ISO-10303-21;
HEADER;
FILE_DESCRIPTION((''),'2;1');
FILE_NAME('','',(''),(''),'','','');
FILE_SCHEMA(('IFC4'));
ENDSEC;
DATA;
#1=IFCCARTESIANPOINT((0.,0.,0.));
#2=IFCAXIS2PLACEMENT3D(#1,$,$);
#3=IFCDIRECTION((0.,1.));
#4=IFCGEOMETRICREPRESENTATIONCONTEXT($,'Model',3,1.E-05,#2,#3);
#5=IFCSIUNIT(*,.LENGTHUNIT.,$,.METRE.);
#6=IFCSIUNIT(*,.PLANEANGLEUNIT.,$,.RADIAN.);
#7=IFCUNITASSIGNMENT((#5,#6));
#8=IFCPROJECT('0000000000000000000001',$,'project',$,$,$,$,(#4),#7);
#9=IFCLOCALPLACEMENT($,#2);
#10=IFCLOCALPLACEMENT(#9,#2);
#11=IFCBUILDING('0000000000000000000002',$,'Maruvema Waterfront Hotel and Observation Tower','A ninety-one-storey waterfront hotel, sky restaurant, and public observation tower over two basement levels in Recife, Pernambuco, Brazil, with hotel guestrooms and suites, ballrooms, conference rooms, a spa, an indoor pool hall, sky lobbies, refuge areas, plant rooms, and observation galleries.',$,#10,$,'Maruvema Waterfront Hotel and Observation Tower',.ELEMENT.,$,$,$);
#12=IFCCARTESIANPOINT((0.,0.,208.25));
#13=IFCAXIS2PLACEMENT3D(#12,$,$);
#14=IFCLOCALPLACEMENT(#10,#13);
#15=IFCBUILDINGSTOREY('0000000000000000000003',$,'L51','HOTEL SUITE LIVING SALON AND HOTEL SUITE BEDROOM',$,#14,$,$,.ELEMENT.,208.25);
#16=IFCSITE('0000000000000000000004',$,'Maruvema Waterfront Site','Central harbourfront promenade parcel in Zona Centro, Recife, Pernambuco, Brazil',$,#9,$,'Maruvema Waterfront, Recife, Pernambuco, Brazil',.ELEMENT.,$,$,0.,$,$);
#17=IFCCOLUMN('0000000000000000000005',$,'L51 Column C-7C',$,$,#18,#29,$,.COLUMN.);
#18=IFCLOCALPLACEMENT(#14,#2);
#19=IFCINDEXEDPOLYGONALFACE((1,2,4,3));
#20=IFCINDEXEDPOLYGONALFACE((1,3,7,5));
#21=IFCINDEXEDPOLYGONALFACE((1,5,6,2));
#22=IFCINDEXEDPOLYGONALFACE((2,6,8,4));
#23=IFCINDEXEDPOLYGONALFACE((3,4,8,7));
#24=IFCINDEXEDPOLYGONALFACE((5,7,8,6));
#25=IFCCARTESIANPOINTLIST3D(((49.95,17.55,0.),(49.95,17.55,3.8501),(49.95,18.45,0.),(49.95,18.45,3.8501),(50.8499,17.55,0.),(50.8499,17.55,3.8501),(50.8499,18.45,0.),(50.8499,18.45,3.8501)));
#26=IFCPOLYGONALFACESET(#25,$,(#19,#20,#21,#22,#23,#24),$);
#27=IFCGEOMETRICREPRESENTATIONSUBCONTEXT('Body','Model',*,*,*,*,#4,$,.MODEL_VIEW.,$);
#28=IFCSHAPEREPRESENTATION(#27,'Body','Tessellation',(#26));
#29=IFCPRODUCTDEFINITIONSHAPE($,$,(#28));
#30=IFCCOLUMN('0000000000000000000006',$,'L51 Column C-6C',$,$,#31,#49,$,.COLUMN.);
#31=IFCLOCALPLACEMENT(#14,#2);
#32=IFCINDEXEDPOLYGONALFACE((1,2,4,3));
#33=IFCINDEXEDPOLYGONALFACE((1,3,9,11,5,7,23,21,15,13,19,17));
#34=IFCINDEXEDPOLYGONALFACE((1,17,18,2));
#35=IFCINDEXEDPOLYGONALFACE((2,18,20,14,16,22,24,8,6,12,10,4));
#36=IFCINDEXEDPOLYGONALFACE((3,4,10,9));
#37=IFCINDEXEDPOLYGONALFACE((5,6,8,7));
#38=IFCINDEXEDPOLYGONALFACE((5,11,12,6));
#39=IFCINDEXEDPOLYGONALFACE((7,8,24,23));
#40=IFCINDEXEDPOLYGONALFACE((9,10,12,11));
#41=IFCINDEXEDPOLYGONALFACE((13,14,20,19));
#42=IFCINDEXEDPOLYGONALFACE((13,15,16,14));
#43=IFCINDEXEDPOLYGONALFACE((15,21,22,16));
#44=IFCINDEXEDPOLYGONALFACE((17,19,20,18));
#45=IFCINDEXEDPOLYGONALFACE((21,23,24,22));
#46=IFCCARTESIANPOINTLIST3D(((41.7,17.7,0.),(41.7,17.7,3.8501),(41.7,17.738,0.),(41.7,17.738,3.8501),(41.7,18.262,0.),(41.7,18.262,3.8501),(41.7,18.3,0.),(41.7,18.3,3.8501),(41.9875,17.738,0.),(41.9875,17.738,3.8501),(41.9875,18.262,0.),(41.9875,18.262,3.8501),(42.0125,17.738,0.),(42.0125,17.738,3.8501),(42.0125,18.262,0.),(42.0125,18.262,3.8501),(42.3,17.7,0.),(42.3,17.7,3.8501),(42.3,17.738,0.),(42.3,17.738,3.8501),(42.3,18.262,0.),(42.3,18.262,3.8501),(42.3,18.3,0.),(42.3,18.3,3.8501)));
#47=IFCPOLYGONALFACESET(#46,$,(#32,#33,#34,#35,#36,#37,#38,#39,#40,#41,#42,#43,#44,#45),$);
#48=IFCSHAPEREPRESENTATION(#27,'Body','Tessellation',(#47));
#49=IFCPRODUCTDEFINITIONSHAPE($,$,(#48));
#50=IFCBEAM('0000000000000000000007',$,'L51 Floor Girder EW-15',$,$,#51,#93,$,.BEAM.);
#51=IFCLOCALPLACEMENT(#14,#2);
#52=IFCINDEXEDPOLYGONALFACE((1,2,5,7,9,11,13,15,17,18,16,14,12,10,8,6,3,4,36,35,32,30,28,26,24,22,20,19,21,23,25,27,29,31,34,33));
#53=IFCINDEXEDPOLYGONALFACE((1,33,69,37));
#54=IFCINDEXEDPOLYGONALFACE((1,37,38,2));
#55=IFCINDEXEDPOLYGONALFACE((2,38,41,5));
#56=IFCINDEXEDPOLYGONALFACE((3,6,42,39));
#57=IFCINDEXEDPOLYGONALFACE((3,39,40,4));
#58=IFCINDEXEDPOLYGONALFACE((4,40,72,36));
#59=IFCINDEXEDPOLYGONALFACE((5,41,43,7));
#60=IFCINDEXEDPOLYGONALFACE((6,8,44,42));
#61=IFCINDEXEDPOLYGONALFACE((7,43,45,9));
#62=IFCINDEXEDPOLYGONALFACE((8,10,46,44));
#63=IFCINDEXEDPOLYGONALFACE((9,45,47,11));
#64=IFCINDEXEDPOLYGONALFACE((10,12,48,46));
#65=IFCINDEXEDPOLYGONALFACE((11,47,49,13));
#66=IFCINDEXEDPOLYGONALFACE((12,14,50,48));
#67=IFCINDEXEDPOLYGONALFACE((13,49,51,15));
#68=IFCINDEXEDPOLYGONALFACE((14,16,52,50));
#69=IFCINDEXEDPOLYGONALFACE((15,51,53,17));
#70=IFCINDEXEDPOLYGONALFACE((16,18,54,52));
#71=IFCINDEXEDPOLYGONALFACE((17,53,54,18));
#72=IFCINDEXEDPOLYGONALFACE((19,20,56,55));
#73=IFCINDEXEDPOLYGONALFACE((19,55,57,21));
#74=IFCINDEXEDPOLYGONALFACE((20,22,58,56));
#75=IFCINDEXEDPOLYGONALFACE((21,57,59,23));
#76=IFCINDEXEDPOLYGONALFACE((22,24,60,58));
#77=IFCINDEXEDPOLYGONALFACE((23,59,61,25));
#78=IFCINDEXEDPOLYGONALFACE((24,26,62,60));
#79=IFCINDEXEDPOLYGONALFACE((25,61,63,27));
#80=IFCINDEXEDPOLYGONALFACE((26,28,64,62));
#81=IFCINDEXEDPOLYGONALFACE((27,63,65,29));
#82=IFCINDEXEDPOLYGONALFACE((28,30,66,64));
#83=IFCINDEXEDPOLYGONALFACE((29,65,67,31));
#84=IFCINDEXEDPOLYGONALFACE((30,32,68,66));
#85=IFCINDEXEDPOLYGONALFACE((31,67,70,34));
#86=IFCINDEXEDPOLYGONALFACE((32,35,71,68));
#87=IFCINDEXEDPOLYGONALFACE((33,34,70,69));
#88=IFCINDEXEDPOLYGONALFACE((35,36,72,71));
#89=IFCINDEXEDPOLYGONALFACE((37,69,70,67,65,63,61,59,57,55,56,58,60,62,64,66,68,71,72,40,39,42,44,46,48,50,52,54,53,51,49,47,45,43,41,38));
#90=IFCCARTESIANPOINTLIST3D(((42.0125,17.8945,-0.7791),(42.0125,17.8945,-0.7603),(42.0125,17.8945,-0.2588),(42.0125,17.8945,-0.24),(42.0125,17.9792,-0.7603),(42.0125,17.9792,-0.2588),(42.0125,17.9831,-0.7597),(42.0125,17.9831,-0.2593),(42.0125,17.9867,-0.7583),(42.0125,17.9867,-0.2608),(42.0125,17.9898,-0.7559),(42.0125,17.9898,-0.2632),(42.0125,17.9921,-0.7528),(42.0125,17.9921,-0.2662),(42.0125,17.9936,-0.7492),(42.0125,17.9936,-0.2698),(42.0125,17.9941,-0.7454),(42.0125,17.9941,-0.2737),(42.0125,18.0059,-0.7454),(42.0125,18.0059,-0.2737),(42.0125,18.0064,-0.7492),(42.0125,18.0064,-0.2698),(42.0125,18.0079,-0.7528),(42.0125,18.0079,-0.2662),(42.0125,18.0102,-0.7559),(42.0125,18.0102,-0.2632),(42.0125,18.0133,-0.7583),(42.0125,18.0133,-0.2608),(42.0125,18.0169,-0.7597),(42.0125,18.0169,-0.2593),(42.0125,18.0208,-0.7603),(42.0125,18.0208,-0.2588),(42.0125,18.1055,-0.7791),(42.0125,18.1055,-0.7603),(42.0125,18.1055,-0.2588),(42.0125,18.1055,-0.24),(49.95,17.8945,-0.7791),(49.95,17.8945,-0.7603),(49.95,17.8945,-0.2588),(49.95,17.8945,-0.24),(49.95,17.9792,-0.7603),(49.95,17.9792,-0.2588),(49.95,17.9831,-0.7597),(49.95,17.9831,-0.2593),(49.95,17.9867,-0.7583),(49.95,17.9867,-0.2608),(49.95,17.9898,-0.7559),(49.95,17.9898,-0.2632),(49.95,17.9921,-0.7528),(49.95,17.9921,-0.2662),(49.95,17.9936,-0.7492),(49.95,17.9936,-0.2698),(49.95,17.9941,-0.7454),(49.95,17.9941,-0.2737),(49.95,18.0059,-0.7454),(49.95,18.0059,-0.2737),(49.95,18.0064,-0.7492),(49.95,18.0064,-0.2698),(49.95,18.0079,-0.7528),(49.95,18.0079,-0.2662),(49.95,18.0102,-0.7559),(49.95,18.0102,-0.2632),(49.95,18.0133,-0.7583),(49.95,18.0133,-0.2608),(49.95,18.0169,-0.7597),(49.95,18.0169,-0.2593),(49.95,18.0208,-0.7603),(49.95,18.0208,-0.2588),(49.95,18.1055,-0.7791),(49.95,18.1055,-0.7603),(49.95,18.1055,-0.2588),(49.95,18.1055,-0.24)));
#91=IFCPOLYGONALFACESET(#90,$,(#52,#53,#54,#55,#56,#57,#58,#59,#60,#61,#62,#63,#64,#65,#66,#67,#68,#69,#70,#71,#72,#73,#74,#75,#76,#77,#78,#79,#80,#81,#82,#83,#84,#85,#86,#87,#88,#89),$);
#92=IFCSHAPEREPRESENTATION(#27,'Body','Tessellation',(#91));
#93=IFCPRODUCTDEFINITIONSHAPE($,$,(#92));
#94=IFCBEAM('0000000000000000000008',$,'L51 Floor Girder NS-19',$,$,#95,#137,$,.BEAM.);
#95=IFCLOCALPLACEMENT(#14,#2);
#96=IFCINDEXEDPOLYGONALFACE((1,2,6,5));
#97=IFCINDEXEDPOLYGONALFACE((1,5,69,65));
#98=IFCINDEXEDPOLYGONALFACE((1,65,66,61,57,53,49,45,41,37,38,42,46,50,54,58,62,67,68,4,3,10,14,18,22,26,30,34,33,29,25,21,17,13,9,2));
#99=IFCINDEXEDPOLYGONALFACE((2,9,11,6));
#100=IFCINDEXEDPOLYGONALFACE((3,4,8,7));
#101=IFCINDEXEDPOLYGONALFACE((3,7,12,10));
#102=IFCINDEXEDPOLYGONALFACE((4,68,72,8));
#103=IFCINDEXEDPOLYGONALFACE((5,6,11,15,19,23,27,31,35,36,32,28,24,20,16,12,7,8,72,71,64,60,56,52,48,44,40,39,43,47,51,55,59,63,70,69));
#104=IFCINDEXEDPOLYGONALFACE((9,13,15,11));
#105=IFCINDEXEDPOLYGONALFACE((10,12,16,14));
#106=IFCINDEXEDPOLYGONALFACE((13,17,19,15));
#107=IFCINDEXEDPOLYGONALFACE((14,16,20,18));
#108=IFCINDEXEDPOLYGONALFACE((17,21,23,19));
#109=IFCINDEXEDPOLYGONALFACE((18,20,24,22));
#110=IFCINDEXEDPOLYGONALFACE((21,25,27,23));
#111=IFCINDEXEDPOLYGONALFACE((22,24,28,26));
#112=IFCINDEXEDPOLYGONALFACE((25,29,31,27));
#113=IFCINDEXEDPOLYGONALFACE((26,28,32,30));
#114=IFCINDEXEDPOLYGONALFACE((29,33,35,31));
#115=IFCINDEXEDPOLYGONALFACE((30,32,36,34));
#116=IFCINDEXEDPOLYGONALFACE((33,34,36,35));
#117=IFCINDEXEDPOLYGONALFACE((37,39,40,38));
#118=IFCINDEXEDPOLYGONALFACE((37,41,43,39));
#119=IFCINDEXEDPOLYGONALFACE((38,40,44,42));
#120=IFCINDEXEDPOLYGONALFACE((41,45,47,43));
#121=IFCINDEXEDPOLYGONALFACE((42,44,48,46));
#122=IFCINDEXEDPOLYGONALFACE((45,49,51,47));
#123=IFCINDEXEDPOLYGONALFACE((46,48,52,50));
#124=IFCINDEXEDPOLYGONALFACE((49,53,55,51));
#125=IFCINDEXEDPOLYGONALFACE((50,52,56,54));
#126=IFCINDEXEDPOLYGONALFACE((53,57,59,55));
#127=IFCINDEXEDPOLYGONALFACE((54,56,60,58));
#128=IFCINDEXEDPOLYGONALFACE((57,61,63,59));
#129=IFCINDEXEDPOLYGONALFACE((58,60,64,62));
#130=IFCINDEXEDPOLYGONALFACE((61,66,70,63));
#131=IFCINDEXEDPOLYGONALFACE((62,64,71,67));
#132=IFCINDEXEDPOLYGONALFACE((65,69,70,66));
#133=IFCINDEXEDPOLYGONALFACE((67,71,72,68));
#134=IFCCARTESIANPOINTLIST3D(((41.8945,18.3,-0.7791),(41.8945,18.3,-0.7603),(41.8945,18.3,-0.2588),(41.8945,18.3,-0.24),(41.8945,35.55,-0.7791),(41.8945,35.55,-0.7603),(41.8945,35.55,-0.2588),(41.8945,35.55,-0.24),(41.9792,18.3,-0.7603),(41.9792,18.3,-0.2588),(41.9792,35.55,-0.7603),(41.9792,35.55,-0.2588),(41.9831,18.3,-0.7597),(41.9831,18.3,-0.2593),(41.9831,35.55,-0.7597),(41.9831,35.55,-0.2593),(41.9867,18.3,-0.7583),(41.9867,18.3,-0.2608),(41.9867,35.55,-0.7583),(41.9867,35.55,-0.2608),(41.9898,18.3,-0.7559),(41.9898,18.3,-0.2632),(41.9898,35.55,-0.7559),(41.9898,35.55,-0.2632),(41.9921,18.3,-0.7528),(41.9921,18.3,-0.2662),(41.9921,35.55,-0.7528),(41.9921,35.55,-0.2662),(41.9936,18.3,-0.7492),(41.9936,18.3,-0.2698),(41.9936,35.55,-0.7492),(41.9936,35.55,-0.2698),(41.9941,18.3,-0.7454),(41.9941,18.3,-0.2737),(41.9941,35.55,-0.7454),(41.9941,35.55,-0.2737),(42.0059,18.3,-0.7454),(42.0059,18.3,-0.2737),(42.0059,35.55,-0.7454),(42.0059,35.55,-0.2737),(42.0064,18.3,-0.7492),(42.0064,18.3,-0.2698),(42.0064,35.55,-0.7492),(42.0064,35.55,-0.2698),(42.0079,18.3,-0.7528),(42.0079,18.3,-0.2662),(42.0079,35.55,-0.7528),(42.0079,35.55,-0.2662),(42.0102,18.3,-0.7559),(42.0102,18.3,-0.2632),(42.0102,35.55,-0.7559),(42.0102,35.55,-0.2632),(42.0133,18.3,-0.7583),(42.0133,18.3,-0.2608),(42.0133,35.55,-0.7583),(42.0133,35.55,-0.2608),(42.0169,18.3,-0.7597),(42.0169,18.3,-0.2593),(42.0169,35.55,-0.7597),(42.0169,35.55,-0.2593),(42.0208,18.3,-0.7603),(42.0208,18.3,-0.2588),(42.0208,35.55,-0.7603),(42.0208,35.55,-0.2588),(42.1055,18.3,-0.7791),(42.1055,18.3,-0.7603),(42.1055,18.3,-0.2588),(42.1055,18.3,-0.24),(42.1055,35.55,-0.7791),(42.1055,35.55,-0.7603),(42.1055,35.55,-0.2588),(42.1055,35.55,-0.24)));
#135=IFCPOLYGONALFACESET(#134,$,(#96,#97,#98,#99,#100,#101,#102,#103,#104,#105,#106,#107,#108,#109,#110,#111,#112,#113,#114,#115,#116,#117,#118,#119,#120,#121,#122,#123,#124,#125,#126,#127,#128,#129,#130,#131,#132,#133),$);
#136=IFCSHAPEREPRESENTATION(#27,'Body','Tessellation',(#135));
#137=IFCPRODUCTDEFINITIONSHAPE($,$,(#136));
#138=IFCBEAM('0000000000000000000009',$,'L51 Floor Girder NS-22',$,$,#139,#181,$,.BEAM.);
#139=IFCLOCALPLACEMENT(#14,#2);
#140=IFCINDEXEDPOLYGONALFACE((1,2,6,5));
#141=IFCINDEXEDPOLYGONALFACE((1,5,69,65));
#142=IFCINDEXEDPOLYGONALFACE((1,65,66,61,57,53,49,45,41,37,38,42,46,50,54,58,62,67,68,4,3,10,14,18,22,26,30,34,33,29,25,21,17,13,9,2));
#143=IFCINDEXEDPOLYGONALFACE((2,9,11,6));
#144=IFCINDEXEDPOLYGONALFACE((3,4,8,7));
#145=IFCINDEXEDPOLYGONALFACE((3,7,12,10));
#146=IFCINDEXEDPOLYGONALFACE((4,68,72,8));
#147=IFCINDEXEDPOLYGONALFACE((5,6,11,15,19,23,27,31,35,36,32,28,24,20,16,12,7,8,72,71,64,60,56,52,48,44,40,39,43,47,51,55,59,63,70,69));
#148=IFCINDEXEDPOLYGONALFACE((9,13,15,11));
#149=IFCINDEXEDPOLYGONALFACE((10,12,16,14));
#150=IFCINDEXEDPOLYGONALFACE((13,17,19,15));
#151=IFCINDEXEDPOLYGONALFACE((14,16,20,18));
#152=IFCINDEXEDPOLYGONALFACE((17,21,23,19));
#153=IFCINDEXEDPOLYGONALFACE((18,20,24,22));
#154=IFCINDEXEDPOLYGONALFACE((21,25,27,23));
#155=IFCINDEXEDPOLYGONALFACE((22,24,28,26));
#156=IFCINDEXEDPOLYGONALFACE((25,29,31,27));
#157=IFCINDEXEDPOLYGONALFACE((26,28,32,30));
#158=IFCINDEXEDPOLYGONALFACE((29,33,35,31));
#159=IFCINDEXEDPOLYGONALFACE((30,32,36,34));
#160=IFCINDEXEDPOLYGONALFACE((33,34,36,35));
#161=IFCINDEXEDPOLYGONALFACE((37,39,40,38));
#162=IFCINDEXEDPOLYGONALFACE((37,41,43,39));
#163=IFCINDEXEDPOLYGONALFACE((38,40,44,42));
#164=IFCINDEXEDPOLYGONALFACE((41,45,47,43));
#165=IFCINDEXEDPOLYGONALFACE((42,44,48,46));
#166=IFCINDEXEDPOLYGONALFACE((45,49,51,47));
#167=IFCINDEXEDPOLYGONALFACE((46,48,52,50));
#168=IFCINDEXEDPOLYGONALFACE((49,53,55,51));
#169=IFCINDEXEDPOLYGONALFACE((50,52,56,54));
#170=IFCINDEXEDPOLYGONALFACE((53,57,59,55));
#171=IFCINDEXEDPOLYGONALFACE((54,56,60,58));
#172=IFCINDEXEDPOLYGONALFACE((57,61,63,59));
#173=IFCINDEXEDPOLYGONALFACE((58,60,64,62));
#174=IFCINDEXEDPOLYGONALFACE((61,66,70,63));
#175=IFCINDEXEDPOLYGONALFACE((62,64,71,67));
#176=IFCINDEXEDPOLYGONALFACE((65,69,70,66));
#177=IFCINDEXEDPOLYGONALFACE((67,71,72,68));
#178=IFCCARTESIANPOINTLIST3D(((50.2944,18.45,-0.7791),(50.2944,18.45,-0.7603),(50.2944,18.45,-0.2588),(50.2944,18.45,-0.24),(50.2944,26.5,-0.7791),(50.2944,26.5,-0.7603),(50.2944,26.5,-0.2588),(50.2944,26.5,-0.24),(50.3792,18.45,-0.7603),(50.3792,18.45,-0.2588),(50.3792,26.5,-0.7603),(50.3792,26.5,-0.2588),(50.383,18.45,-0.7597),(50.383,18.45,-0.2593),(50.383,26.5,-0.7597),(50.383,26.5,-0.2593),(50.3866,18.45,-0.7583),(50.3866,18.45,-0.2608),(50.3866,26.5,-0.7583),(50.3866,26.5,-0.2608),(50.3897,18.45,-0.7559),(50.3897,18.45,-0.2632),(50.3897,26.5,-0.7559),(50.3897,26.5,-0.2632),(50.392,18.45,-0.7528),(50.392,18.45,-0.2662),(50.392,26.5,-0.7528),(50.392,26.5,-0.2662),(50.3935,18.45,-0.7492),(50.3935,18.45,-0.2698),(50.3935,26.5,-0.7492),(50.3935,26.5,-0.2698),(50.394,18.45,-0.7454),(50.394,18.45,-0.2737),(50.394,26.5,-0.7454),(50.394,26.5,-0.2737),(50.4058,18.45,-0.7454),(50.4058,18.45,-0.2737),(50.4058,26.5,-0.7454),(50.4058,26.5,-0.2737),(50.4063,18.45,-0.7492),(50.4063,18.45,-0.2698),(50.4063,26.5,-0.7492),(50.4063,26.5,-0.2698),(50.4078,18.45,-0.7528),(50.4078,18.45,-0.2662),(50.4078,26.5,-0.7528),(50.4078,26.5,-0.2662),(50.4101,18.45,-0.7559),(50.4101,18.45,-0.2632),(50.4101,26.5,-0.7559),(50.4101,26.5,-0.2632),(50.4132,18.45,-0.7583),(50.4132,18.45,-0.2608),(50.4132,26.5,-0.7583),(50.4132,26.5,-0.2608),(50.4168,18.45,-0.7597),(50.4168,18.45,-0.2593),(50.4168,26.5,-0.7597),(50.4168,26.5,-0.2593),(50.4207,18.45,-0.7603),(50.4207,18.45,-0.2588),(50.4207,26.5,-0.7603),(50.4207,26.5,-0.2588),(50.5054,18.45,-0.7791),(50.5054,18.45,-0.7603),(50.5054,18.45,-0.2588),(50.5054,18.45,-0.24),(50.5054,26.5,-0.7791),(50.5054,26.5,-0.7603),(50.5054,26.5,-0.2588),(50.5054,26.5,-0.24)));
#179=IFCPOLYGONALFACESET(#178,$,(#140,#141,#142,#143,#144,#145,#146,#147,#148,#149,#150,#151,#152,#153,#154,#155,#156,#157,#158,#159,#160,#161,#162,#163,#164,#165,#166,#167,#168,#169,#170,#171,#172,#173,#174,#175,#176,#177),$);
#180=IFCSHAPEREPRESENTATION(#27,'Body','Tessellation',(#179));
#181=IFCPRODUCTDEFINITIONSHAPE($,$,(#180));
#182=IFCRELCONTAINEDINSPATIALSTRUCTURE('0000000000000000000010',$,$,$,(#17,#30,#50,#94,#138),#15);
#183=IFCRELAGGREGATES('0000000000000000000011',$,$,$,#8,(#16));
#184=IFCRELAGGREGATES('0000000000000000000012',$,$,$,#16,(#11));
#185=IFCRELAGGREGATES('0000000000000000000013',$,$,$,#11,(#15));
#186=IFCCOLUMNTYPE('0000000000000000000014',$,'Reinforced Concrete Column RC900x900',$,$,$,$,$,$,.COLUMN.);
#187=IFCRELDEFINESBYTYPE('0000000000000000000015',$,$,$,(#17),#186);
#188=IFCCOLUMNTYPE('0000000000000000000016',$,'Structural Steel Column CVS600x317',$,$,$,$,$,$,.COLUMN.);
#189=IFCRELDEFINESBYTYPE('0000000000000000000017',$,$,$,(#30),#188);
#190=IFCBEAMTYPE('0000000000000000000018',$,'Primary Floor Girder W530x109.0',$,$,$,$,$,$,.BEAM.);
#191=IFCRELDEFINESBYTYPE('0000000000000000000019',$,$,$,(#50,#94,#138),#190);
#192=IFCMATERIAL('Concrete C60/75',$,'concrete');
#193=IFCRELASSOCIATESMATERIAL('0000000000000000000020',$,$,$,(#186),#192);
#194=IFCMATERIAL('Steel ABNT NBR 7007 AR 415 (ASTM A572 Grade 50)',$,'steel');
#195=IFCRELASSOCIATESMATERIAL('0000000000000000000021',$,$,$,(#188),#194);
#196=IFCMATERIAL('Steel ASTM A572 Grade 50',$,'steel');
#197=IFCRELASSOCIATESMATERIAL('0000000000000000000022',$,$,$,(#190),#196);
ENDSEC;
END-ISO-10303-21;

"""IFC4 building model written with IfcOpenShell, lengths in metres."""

from ifc_helpers import new_model, si_unit, direction, frame, origin, origin_2d, place, context, subcontext, project, spatial, rectangle, i_section, extrude, material, material_profile, profile_set, type_object, element, save


model = new_model("IFC4")

# Units and contexts
model_context = context("Model", 3, precision=1e-05, world=origin(), true_north=direction((0.0, 1.0)))
body_context = subcontext(model_context, "Body", "Model", "MODEL_VIEW")
ifc_project = project(units=[si_unit("LENGTHUNIT", "METRE"), si_unit("PLANEANGLEUNIT", "RADIAN")], contexts=[model_context])

# Site, building, storey
site_placement = place(None, origin())
site = spatial("IfcSite", under=ifc_project, at=site_placement, Name="Maruvema Waterfront Site", Description="Central harbourfront promenade parcel in Zona Centro, Recife, Pernambuco, Brazil", LongName="Maruvema Waterfront, Recife, Pernambuco, Brazil", CompositionType="ELEMENT", RefElevation=0.0)
building_placement = place(site_placement, origin())
building = spatial("IfcBuilding", under=site, at=building_placement, Name="Maruvema Waterfront Hotel and Observation Tower", Description="A ninety-one-storey waterfront hotel, sky restaurant, and public observation tower over two basement levels in Recife, Pernambuco, Brazil, with hotel guestrooms and suites, ballrooms, conference rooms, a spa, an indoor pool hall, sky lobbies, refuge areas, plant rooms, and observation galleries.", LongName="Maruvema Waterfront Hotel and Observation Tower", CompositionType="ELEMENT")
storey_placement = place(building_placement, frame((0.0, 0.0, 208.25)))
storey = spatial("IfcBuildingStorey", under=building, at=storey_placement, Name="L51", Description="HOTEL SUITE LIVING SALON AND HOTEL SUITE BEDROOM", CompositionType="ELEMENT", Elevation=208.25)

# Columns
ifc_material_1 = material(Name="Concrete C60/75", Category="concrete")
ifc_material_profile_1 = material_profile(ifc_material_1, rectangle(XDim=0.8999, YDim=0.8999, at=origin_2d()), Name="RC900x900")
ifc_profile_set_1 = profile_set([ifc_material_profile_1], Name="Concrete C60/75")
column_type_1 = type_object("IfcColumnType", Name="Reinforced Concrete Column RC900x900", PredefinedType="COLUMN", material=ifc_profile_set_1)
column_1_placement = place(storey_placement, frame((50.3999, 18.0, 0.0), z_axis=(0.0, 0.0, 1.0), x_axis=(1.0, 0.0, 0.0)))
element("IfcColumn", 1, at=column_1_placement, inside=storey, type_object=column_type_1, Name="L51 Column C-7C", PredefinedType="COLUMN", context=body_context, shape_type="SweptSolid", body=[
    extrude(rectangle(XDim=0.8999, YDim=0.8999, at=origin_2d()), origin(), (0.0, 0.0, 1.0), 3.8501),
])
ifc_material_2 = material(Name="Steel ABNT NBR 7007 AR 415 (ASTM A572 Grade 50)", Category="steel")
ifc_material_profile_2 = material_profile(ifc_material_2, i_section(OverallWidth=0.6001, OverallDepth=0.6001, WebThickness=0.0249, FlangeThickness=0.0381, at=origin_2d()), Name="CVS600x317")
ifc_profile_set_2 = profile_set([ifc_material_profile_2], Name="Steel ABNT NBR 7007 AR 415 (ASTM A572 Grade 50)")
column_type_2 = type_object("IfcColumnType", Name="Structural Steel Column CVS600x317", PredefinedType="COLUMN", material=ifc_profile_set_2)
column_2_placement = place(storey_placement, frame((42.0, 18.0, 0.0), z_axis=(0.0, 0.0, 1.0), x_axis=(1.0, 0.0, 0.0)))
element("IfcColumn", 2, at=column_2_placement, inside=storey, type_object=column_type_2, Name="L51 Column C-6C", PredefinedType="COLUMN", context=body_context, shape_type="SweptSolid", body=[
    extrude(i_section(OverallWidth=0.6001, OverallDepth=0.6001, WebThickness=0.0249, FlangeThickness=0.0381, at=origin_2d()), origin(), (0.0, 0.0, 1.0), 3.8501),
])

# Beams
ifc_material_3 = material(Name="Steel ASTM A572 Grade 50", Category="steel")
ifc_material_profile_3 = material_profile(ifc_material_3, i_section(OverallWidth=0.2109, OverallDepth=0.5391, WebThickness=0.0117, FlangeThickness=0.0188, FilletRadius=0.0149, at=origin_2d()), Name="W530x109.0")
ifc_profile_set_3 = profile_set([ifc_material_profile_3], Name="Steel ASTM A572 Grade 50")
beam_type = type_object("IfcBeamType", Name="Primary Floor Girder W530x109.0", PredefinedType="BEAM", material=ifc_profile_set_3)
beam_1_placement = place(storey_placement, frame((42.0125, 18.0, -0.5095), z_axis=(1.0, 0.0, 0.0), x_axis=(0.0, 1.0, 0.0)))
element("IfcBeam", 3, at=beam_1_placement, inside=storey, type_object=beam_type, Name="L51 Floor Girder EW-15", PredefinedType="BEAM", context=body_context, shape_type="SweptSolid", body=[
    extrude(i_section(OverallWidth=0.2109, OverallDepth=0.5391, WebThickness=0.0117, FlangeThickness=0.0188, FilletRadius=0.0149, at=origin_2d()), origin(), (0.0, 0.0, 1.0), 7.9375),
])
beam_2_placement = place(storey_placement, frame((42.0, 18.3, -0.5095), z_axis=(0.0, 1.0, 0.0), x_axis=(-1.0, 0.0, 0.0)))
element("IfcBeam", 4, at=beam_2_placement, inside=storey, type_object=beam_type, Name="L51 Floor Girder NS-19", PredefinedType="BEAM", context=body_context, shape_type="SweptSolid", body=[
    extrude(i_section(OverallWidth=0.2109, OverallDepth=0.5391, WebThickness=0.0117, FlangeThickness=0.0188, FilletRadius=0.0149, at=origin_2d()), origin(), (0.0, 0.0, 1.0), 17.25),
])
beam_3_placement = place(storey_placement, frame((50.3999, 18.45, -0.5095), z_axis=(0.0, 1.0, 0.0), x_axis=(-1.0, 0.0, 0.0)))
element("IfcBeam", 5, at=beam_3_placement, inside=storey, type_object=beam_type, Name="L51 Floor Girder NS-22", PredefinedType="BEAM", context=body_context, shape_type="SweptSolid", body=[
    extrude(i_section(OverallWidth=0.2109, OverallDepth=0.5391, WebThickness=0.0117, FlangeThickness=0.0188, FilletRadius=0.0149, at=origin_2d()), origin(), (0.0, 0.0, 1.0), 8.05),
])

save(model, "model.ifc")
